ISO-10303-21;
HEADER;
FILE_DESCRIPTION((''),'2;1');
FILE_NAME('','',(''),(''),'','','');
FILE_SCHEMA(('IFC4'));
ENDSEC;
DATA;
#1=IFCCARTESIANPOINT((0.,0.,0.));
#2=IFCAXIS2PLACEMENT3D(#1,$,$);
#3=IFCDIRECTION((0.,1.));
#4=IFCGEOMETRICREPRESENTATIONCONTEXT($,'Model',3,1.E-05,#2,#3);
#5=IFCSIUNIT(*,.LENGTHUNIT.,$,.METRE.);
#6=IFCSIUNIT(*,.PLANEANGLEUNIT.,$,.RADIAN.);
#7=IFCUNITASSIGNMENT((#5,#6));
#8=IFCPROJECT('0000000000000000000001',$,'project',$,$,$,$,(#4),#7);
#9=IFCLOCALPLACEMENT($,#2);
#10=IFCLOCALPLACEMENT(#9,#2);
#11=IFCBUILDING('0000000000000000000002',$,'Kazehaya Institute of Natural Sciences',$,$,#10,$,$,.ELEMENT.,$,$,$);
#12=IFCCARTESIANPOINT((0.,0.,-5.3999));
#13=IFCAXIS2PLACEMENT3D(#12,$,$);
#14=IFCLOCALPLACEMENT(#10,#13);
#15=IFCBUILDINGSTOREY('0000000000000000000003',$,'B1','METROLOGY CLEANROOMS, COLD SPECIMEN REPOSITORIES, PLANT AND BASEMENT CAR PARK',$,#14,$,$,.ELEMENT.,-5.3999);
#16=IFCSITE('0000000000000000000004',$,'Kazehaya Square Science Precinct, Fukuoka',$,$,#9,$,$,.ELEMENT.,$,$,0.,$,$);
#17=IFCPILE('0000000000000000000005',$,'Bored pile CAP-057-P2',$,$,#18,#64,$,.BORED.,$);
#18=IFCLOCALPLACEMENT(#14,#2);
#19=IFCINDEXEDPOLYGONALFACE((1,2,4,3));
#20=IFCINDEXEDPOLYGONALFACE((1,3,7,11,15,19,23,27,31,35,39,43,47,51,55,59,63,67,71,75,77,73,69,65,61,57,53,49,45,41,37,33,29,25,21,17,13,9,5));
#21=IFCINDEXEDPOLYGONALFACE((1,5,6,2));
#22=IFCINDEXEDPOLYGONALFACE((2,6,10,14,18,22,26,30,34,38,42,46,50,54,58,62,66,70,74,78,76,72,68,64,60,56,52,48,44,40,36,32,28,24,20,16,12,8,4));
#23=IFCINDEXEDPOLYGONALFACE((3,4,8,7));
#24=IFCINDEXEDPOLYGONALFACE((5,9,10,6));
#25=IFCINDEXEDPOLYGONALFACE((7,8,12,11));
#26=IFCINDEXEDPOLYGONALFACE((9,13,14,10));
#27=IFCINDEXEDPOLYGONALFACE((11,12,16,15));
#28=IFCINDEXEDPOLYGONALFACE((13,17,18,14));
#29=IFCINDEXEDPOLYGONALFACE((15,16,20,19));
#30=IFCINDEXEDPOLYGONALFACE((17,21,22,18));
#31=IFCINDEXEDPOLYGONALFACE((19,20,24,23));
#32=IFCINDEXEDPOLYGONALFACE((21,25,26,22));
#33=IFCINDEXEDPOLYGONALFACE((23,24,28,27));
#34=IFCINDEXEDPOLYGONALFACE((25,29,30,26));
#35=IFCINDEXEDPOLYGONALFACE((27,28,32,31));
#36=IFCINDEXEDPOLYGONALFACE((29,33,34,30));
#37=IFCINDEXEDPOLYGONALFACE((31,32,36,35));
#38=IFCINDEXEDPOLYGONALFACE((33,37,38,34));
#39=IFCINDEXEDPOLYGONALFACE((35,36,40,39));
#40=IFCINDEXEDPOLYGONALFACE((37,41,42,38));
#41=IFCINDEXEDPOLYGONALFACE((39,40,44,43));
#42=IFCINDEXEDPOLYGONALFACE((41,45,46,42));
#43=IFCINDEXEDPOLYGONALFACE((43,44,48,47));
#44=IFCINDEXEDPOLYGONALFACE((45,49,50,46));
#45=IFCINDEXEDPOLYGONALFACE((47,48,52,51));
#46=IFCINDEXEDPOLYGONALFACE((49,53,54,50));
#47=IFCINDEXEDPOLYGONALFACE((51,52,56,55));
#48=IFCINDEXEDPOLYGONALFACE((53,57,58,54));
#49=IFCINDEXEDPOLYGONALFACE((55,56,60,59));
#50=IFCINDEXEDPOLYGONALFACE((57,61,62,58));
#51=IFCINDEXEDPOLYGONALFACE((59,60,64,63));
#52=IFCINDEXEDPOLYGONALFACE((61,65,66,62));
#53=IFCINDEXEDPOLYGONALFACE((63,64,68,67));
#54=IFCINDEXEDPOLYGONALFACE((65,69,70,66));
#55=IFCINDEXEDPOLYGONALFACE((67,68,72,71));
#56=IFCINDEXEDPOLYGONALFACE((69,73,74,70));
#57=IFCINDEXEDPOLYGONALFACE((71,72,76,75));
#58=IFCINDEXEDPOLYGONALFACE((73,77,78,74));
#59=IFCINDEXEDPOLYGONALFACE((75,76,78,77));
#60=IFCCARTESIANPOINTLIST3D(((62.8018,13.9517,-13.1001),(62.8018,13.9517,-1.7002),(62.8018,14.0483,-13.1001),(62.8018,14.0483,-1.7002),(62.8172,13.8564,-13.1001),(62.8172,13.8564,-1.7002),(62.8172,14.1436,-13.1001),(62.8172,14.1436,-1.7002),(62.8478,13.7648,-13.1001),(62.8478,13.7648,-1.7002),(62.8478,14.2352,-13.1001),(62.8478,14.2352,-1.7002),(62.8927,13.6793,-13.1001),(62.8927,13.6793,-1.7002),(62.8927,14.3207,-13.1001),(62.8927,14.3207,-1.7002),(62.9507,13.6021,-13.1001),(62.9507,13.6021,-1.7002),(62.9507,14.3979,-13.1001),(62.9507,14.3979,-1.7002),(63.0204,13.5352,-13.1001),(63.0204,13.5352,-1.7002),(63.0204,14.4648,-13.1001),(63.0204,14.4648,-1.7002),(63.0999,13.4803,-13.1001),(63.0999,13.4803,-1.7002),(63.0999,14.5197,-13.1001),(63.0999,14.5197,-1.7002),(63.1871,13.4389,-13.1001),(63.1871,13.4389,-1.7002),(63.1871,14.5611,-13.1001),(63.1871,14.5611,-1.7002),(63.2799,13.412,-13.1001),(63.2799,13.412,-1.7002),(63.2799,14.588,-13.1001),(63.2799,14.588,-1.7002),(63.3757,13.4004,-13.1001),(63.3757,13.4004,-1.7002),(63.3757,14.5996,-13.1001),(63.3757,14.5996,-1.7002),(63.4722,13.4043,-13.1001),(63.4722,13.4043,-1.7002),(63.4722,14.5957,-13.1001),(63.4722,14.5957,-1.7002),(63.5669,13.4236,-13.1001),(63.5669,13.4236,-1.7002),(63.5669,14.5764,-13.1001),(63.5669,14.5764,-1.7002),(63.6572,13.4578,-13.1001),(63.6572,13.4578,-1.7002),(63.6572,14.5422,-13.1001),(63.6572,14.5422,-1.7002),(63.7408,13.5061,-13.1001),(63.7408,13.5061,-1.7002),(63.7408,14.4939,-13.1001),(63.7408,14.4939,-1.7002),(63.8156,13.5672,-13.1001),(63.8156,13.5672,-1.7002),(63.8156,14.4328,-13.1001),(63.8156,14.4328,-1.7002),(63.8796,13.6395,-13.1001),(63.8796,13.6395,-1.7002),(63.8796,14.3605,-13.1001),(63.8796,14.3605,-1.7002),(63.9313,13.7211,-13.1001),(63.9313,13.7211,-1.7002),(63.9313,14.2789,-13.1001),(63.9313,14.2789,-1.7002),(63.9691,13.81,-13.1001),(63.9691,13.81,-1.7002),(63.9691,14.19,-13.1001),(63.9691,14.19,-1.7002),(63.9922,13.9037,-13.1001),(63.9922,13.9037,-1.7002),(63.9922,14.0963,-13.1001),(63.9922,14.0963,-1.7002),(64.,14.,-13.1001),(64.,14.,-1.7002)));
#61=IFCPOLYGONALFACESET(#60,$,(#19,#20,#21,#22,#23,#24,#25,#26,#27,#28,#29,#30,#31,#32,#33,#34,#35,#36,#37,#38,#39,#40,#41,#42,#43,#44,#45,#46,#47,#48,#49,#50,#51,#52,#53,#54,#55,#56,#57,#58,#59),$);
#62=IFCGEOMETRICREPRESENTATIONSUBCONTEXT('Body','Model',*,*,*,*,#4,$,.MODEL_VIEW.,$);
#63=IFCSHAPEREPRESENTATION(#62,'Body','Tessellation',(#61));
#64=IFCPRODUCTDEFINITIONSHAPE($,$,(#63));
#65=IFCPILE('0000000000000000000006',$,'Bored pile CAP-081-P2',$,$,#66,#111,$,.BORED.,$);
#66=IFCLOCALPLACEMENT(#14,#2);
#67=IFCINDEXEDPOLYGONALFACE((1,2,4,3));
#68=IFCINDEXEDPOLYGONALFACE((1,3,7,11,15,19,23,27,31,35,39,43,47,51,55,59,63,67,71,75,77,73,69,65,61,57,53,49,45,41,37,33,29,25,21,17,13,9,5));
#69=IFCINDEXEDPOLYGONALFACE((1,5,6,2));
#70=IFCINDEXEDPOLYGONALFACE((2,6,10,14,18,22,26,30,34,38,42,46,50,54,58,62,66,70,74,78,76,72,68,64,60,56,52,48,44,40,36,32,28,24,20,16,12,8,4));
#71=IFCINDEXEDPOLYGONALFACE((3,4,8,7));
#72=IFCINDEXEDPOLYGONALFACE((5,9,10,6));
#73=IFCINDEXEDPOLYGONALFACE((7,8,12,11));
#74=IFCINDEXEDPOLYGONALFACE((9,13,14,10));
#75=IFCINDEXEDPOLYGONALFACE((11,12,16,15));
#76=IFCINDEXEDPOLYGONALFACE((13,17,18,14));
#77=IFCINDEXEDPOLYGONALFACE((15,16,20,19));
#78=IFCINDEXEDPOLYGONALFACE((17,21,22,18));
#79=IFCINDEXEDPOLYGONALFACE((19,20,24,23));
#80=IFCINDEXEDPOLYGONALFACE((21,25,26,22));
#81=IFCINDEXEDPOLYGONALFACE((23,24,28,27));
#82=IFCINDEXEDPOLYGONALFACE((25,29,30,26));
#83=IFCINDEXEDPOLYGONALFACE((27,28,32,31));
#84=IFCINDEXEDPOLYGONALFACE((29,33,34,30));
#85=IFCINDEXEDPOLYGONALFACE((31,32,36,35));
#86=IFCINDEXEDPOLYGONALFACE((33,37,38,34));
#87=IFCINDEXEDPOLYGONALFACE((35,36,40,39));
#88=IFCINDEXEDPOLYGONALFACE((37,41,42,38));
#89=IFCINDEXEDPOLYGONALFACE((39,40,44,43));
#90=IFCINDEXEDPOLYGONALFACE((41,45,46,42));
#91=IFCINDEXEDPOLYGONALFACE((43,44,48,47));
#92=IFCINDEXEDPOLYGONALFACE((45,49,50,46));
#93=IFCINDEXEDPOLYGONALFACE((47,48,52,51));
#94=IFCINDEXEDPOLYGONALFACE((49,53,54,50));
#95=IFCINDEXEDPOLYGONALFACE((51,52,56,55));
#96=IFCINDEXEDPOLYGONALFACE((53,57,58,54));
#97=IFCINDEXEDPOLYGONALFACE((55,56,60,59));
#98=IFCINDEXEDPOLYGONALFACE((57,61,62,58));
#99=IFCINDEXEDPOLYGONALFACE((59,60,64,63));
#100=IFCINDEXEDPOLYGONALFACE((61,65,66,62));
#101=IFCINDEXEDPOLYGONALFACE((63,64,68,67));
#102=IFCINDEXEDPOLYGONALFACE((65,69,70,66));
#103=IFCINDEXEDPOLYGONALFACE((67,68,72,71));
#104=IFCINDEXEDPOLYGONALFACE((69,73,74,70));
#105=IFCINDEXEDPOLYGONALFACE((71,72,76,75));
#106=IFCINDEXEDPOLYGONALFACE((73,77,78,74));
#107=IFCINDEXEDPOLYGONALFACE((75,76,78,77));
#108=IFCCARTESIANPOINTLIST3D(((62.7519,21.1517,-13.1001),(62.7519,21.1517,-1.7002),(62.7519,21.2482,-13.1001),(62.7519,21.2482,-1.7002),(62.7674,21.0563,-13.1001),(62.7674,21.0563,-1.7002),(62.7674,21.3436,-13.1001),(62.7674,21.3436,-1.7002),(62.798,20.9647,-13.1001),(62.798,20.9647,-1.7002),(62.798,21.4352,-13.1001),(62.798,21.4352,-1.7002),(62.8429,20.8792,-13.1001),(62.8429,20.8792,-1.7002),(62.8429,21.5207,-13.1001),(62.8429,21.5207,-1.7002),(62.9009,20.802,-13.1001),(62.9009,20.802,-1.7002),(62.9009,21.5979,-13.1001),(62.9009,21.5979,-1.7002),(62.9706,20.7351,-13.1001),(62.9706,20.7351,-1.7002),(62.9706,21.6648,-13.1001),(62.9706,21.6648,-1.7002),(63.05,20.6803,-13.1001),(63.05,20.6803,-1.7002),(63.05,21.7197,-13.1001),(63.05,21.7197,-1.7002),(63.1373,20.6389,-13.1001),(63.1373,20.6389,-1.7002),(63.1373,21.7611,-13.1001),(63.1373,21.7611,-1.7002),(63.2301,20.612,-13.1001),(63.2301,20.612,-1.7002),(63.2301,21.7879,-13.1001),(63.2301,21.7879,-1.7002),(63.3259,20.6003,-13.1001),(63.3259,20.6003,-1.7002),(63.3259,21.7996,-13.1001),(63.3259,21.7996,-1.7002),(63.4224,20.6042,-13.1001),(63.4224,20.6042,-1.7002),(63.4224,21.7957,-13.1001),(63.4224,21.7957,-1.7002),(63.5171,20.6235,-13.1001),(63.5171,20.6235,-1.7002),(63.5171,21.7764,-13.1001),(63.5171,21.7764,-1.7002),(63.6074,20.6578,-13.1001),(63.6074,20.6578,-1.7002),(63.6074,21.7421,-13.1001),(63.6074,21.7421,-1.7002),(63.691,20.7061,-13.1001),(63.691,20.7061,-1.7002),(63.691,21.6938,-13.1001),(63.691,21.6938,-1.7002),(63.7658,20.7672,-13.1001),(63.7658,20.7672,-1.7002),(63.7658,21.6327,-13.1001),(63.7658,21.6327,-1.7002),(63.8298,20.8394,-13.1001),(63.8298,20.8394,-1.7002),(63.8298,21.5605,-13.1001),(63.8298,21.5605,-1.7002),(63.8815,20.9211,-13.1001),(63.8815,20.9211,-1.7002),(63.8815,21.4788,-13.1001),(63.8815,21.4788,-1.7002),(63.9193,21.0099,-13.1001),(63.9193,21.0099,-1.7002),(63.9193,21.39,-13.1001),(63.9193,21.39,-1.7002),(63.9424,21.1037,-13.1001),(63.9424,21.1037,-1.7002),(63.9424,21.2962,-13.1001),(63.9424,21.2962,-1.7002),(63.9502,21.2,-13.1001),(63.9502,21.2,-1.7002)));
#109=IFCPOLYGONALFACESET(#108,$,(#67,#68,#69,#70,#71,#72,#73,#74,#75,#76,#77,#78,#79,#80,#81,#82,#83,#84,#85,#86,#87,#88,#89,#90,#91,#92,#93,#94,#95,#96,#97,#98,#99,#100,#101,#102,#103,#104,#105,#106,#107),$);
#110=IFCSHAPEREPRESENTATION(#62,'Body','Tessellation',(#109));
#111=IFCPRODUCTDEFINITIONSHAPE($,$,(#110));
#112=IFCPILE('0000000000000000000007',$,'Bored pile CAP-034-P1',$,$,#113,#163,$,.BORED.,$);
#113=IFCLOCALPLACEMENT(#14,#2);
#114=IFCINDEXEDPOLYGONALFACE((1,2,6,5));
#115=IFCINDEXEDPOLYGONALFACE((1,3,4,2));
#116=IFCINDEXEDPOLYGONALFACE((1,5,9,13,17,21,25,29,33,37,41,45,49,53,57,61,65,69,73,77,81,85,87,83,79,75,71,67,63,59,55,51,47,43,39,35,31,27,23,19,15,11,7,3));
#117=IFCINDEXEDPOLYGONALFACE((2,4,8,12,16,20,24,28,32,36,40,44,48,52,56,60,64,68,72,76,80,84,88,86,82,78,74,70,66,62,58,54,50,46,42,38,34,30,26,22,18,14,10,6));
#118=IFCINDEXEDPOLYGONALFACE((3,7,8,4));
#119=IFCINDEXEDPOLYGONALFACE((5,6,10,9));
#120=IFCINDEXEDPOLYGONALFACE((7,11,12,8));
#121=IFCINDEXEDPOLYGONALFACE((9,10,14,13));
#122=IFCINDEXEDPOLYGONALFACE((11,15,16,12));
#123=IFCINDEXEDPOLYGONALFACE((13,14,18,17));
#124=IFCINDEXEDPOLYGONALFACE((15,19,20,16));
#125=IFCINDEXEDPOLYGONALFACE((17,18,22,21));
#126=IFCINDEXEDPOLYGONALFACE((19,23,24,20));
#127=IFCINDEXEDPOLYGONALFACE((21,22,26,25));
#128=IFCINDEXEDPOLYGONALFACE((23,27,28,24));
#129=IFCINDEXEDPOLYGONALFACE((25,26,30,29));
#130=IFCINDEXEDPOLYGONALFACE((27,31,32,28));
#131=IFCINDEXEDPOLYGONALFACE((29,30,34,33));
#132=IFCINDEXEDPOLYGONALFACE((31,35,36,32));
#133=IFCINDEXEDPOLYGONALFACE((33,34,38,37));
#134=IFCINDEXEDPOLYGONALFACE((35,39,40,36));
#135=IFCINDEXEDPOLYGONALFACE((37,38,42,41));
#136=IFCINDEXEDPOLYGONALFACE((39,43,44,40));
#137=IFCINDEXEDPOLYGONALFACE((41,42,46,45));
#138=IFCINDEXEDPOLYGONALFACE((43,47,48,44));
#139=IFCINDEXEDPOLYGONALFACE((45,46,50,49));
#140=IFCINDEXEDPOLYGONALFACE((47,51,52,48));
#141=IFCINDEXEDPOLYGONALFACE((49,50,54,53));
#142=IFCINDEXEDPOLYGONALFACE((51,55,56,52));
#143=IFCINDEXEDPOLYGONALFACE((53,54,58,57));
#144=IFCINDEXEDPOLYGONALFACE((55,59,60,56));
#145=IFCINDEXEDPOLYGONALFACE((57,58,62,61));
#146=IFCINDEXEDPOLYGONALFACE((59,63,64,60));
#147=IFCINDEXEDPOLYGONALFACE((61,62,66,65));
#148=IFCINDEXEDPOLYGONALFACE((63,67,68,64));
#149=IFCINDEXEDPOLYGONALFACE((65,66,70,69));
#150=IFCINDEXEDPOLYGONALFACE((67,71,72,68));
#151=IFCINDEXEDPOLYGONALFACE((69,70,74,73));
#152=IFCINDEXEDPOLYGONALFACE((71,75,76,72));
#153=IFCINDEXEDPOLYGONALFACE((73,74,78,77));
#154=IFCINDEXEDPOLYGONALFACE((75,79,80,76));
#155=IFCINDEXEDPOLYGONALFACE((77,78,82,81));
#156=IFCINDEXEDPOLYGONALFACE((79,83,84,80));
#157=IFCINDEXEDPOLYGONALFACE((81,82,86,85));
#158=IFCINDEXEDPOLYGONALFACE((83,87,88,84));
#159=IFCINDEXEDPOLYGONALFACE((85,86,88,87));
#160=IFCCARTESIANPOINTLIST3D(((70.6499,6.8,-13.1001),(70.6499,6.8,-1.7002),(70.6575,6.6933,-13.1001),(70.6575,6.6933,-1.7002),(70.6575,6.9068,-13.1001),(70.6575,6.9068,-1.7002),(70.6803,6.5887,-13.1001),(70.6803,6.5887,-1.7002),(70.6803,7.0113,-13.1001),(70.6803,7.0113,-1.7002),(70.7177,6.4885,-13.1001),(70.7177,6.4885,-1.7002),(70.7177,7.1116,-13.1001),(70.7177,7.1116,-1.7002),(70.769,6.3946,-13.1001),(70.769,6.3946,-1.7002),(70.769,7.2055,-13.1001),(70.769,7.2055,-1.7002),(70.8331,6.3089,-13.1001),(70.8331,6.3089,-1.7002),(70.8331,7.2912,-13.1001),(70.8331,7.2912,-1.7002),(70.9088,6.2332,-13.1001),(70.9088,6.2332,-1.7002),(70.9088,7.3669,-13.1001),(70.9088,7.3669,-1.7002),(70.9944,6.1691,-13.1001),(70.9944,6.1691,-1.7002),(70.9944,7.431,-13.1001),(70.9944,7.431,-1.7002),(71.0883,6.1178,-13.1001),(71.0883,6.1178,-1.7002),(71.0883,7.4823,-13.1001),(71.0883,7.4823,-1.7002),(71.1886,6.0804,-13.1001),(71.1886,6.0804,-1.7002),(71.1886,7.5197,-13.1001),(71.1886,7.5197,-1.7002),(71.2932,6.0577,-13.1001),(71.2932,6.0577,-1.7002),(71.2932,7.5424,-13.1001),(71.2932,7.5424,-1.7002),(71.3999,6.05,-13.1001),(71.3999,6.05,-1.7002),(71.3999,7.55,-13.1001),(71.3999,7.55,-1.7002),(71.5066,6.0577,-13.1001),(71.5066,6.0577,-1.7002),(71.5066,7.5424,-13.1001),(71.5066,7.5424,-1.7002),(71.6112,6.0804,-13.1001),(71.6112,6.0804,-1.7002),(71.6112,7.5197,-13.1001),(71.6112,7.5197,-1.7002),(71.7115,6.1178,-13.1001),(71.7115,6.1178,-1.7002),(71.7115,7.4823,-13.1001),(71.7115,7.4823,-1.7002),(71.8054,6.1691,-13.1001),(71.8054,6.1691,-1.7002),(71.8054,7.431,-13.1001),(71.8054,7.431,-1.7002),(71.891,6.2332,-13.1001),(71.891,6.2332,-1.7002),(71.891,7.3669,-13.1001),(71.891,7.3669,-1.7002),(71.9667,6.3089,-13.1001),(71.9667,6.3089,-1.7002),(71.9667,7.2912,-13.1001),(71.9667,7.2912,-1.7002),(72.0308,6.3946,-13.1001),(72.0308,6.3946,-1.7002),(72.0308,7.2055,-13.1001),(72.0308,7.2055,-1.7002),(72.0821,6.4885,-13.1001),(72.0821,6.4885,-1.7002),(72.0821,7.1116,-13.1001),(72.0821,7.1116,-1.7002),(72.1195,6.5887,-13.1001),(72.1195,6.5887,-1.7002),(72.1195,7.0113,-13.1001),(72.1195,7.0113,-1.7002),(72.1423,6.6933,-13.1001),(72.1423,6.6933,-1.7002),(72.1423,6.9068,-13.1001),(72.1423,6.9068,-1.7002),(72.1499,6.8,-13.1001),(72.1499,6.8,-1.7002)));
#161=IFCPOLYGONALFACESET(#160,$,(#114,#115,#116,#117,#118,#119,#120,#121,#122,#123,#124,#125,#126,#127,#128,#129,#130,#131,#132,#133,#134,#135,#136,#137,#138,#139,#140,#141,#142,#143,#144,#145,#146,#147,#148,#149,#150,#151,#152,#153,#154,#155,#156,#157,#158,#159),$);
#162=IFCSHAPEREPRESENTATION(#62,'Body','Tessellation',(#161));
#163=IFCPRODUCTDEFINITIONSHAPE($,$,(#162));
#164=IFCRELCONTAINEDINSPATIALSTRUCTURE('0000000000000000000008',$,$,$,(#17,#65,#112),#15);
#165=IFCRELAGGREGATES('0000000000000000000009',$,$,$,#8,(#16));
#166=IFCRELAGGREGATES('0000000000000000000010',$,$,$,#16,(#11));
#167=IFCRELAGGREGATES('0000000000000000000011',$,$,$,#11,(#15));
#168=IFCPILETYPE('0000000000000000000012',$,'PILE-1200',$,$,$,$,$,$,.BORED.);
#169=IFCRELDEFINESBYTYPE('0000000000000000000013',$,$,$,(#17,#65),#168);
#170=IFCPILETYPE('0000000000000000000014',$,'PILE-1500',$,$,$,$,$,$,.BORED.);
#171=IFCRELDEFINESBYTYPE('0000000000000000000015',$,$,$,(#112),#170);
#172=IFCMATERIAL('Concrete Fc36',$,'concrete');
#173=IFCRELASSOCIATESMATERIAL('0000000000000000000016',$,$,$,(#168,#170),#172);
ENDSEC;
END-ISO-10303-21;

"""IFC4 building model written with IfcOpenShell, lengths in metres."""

from ifc_helpers import new_model, si_unit, direction, frame, origin, origin_2d, place, context, subcontext, project, spatial, circle, extrude, material, material_profile, profile_set, type_object, element, save


model = new_model("IFC4")

# Units and contexts
model_context = context("Model", 3, precision=1e-05, world=origin(), true_north=direction((0.0, 1.0)))
body_context = subcontext(model_context, "Body", "Model", "MODEL_VIEW")
ifc_project = project(units=[si_unit("LENGTHUNIT", "METRE"), si_unit("PLANEANGLEUNIT", "RADIAN")], contexts=[model_context])

# Site, building, storey
site_placement = place(None, origin())
site = spatial("IfcSite", under=ifc_project, at=site_placement, Name="Kazehaya Square Science Precinct, Fukuoka", CompositionType="ELEMENT", RefElevation=0.0)
building_placement = place(site_placement, origin())
building = spatial("IfcBuilding", under=site, at=building_placement, Name="Kazehaya Institute of Natural Sciences", CompositionType="ELEMENT")
storey_placement = place(building_placement, frame((0.0, 0.0, -5.3999)))
storey = spatial("IfcBuildingStorey", under=building, at=storey_placement, Name="B1", Description="METROLOGY CLEANROOMS, COLD SPECIMEN REPOSITORIES, PLANT AND BASEMENT CAR PARK", CompositionType="ELEMENT", Elevation=-5.3999)

# Shared definitions
ifc_material_1 = material(Name="Concrete Fc36", Category="concrete")

# Piles
ifc_material_profile_1 = material_profile(ifc_material_1, circle(Radius=0.6001, at=origin_2d()), Name="PILE-1200")
ifc_profile_set_1 = profile_set([ifc_material_profile_1], Name="Concrete Fc36")
pile_type_1 = type_object("IfcPileType", Name="PILE-1200", PredefinedType="BORED", material=ifc_profile_set_1)
for number, where, z_axis, x_axis, name in (
    (1, (63.3999, 14.0, -1.7002), (0.0, 0.0, -1.0), (1.0, 0.0, 0.0), "Bored pile CAP-057-P2"),
    (2, (63.3501, 21.2, -1.7002), (0.0, 0.0, -1.0), (1.0, 0.0, 0.0), "Bored pile CAP-081-P2"),
):
    element("IfcPile", number, at=place(storey_placement, frame(where, z_axis=z_axis, x_axis=x_axis)), inside=storey, type_object=pile_type_1, Name=name, PredefinedType="BORED", context=body_context, shape_type="SweptSolid", body=[
        extrude(circle(Radius=0.6001, at=origin_2d()), origin(), (0.0, 0.0, 1.0), 11.3999),
    ])
ifc_material_profile_2 = material_profile(ifc_material_1, circle(Radius=0.75, at=origin_2d()), Name="PILE-1500")
ifc_profile_set_2 = profile_set([ifc_material_profile_2], Name="Concrete Fc36")
pile_type_2 = type_object("IfcPileType", Name="PILE-1500", PredefinedType="BORED", material=ifc_profile_set_2)
for number, where, z_axis, x_axis, name in (
    (3, (71.3999, 6.8, -1.7002), (0.0, 0.0, -1.0), (1.0, 0.0, 0.0), "Bored pile CAP-034-P1"),
):
    element("IfcPile", number, at=place(storey_placement, frame(where, z_axis=z_axis, x_axis=x_axis)), inside=storey, type_object=pile_type_2, Name=name, PredefinedType="BORED", context=body_context, shape_type="SweptSolid", body=[
        extrude(circle(Radius=0.75, at=origin_2d()), origin(), (0.0, 0.0, 1.0), 11.3999),
    ])

save(model, "model.ifc")
